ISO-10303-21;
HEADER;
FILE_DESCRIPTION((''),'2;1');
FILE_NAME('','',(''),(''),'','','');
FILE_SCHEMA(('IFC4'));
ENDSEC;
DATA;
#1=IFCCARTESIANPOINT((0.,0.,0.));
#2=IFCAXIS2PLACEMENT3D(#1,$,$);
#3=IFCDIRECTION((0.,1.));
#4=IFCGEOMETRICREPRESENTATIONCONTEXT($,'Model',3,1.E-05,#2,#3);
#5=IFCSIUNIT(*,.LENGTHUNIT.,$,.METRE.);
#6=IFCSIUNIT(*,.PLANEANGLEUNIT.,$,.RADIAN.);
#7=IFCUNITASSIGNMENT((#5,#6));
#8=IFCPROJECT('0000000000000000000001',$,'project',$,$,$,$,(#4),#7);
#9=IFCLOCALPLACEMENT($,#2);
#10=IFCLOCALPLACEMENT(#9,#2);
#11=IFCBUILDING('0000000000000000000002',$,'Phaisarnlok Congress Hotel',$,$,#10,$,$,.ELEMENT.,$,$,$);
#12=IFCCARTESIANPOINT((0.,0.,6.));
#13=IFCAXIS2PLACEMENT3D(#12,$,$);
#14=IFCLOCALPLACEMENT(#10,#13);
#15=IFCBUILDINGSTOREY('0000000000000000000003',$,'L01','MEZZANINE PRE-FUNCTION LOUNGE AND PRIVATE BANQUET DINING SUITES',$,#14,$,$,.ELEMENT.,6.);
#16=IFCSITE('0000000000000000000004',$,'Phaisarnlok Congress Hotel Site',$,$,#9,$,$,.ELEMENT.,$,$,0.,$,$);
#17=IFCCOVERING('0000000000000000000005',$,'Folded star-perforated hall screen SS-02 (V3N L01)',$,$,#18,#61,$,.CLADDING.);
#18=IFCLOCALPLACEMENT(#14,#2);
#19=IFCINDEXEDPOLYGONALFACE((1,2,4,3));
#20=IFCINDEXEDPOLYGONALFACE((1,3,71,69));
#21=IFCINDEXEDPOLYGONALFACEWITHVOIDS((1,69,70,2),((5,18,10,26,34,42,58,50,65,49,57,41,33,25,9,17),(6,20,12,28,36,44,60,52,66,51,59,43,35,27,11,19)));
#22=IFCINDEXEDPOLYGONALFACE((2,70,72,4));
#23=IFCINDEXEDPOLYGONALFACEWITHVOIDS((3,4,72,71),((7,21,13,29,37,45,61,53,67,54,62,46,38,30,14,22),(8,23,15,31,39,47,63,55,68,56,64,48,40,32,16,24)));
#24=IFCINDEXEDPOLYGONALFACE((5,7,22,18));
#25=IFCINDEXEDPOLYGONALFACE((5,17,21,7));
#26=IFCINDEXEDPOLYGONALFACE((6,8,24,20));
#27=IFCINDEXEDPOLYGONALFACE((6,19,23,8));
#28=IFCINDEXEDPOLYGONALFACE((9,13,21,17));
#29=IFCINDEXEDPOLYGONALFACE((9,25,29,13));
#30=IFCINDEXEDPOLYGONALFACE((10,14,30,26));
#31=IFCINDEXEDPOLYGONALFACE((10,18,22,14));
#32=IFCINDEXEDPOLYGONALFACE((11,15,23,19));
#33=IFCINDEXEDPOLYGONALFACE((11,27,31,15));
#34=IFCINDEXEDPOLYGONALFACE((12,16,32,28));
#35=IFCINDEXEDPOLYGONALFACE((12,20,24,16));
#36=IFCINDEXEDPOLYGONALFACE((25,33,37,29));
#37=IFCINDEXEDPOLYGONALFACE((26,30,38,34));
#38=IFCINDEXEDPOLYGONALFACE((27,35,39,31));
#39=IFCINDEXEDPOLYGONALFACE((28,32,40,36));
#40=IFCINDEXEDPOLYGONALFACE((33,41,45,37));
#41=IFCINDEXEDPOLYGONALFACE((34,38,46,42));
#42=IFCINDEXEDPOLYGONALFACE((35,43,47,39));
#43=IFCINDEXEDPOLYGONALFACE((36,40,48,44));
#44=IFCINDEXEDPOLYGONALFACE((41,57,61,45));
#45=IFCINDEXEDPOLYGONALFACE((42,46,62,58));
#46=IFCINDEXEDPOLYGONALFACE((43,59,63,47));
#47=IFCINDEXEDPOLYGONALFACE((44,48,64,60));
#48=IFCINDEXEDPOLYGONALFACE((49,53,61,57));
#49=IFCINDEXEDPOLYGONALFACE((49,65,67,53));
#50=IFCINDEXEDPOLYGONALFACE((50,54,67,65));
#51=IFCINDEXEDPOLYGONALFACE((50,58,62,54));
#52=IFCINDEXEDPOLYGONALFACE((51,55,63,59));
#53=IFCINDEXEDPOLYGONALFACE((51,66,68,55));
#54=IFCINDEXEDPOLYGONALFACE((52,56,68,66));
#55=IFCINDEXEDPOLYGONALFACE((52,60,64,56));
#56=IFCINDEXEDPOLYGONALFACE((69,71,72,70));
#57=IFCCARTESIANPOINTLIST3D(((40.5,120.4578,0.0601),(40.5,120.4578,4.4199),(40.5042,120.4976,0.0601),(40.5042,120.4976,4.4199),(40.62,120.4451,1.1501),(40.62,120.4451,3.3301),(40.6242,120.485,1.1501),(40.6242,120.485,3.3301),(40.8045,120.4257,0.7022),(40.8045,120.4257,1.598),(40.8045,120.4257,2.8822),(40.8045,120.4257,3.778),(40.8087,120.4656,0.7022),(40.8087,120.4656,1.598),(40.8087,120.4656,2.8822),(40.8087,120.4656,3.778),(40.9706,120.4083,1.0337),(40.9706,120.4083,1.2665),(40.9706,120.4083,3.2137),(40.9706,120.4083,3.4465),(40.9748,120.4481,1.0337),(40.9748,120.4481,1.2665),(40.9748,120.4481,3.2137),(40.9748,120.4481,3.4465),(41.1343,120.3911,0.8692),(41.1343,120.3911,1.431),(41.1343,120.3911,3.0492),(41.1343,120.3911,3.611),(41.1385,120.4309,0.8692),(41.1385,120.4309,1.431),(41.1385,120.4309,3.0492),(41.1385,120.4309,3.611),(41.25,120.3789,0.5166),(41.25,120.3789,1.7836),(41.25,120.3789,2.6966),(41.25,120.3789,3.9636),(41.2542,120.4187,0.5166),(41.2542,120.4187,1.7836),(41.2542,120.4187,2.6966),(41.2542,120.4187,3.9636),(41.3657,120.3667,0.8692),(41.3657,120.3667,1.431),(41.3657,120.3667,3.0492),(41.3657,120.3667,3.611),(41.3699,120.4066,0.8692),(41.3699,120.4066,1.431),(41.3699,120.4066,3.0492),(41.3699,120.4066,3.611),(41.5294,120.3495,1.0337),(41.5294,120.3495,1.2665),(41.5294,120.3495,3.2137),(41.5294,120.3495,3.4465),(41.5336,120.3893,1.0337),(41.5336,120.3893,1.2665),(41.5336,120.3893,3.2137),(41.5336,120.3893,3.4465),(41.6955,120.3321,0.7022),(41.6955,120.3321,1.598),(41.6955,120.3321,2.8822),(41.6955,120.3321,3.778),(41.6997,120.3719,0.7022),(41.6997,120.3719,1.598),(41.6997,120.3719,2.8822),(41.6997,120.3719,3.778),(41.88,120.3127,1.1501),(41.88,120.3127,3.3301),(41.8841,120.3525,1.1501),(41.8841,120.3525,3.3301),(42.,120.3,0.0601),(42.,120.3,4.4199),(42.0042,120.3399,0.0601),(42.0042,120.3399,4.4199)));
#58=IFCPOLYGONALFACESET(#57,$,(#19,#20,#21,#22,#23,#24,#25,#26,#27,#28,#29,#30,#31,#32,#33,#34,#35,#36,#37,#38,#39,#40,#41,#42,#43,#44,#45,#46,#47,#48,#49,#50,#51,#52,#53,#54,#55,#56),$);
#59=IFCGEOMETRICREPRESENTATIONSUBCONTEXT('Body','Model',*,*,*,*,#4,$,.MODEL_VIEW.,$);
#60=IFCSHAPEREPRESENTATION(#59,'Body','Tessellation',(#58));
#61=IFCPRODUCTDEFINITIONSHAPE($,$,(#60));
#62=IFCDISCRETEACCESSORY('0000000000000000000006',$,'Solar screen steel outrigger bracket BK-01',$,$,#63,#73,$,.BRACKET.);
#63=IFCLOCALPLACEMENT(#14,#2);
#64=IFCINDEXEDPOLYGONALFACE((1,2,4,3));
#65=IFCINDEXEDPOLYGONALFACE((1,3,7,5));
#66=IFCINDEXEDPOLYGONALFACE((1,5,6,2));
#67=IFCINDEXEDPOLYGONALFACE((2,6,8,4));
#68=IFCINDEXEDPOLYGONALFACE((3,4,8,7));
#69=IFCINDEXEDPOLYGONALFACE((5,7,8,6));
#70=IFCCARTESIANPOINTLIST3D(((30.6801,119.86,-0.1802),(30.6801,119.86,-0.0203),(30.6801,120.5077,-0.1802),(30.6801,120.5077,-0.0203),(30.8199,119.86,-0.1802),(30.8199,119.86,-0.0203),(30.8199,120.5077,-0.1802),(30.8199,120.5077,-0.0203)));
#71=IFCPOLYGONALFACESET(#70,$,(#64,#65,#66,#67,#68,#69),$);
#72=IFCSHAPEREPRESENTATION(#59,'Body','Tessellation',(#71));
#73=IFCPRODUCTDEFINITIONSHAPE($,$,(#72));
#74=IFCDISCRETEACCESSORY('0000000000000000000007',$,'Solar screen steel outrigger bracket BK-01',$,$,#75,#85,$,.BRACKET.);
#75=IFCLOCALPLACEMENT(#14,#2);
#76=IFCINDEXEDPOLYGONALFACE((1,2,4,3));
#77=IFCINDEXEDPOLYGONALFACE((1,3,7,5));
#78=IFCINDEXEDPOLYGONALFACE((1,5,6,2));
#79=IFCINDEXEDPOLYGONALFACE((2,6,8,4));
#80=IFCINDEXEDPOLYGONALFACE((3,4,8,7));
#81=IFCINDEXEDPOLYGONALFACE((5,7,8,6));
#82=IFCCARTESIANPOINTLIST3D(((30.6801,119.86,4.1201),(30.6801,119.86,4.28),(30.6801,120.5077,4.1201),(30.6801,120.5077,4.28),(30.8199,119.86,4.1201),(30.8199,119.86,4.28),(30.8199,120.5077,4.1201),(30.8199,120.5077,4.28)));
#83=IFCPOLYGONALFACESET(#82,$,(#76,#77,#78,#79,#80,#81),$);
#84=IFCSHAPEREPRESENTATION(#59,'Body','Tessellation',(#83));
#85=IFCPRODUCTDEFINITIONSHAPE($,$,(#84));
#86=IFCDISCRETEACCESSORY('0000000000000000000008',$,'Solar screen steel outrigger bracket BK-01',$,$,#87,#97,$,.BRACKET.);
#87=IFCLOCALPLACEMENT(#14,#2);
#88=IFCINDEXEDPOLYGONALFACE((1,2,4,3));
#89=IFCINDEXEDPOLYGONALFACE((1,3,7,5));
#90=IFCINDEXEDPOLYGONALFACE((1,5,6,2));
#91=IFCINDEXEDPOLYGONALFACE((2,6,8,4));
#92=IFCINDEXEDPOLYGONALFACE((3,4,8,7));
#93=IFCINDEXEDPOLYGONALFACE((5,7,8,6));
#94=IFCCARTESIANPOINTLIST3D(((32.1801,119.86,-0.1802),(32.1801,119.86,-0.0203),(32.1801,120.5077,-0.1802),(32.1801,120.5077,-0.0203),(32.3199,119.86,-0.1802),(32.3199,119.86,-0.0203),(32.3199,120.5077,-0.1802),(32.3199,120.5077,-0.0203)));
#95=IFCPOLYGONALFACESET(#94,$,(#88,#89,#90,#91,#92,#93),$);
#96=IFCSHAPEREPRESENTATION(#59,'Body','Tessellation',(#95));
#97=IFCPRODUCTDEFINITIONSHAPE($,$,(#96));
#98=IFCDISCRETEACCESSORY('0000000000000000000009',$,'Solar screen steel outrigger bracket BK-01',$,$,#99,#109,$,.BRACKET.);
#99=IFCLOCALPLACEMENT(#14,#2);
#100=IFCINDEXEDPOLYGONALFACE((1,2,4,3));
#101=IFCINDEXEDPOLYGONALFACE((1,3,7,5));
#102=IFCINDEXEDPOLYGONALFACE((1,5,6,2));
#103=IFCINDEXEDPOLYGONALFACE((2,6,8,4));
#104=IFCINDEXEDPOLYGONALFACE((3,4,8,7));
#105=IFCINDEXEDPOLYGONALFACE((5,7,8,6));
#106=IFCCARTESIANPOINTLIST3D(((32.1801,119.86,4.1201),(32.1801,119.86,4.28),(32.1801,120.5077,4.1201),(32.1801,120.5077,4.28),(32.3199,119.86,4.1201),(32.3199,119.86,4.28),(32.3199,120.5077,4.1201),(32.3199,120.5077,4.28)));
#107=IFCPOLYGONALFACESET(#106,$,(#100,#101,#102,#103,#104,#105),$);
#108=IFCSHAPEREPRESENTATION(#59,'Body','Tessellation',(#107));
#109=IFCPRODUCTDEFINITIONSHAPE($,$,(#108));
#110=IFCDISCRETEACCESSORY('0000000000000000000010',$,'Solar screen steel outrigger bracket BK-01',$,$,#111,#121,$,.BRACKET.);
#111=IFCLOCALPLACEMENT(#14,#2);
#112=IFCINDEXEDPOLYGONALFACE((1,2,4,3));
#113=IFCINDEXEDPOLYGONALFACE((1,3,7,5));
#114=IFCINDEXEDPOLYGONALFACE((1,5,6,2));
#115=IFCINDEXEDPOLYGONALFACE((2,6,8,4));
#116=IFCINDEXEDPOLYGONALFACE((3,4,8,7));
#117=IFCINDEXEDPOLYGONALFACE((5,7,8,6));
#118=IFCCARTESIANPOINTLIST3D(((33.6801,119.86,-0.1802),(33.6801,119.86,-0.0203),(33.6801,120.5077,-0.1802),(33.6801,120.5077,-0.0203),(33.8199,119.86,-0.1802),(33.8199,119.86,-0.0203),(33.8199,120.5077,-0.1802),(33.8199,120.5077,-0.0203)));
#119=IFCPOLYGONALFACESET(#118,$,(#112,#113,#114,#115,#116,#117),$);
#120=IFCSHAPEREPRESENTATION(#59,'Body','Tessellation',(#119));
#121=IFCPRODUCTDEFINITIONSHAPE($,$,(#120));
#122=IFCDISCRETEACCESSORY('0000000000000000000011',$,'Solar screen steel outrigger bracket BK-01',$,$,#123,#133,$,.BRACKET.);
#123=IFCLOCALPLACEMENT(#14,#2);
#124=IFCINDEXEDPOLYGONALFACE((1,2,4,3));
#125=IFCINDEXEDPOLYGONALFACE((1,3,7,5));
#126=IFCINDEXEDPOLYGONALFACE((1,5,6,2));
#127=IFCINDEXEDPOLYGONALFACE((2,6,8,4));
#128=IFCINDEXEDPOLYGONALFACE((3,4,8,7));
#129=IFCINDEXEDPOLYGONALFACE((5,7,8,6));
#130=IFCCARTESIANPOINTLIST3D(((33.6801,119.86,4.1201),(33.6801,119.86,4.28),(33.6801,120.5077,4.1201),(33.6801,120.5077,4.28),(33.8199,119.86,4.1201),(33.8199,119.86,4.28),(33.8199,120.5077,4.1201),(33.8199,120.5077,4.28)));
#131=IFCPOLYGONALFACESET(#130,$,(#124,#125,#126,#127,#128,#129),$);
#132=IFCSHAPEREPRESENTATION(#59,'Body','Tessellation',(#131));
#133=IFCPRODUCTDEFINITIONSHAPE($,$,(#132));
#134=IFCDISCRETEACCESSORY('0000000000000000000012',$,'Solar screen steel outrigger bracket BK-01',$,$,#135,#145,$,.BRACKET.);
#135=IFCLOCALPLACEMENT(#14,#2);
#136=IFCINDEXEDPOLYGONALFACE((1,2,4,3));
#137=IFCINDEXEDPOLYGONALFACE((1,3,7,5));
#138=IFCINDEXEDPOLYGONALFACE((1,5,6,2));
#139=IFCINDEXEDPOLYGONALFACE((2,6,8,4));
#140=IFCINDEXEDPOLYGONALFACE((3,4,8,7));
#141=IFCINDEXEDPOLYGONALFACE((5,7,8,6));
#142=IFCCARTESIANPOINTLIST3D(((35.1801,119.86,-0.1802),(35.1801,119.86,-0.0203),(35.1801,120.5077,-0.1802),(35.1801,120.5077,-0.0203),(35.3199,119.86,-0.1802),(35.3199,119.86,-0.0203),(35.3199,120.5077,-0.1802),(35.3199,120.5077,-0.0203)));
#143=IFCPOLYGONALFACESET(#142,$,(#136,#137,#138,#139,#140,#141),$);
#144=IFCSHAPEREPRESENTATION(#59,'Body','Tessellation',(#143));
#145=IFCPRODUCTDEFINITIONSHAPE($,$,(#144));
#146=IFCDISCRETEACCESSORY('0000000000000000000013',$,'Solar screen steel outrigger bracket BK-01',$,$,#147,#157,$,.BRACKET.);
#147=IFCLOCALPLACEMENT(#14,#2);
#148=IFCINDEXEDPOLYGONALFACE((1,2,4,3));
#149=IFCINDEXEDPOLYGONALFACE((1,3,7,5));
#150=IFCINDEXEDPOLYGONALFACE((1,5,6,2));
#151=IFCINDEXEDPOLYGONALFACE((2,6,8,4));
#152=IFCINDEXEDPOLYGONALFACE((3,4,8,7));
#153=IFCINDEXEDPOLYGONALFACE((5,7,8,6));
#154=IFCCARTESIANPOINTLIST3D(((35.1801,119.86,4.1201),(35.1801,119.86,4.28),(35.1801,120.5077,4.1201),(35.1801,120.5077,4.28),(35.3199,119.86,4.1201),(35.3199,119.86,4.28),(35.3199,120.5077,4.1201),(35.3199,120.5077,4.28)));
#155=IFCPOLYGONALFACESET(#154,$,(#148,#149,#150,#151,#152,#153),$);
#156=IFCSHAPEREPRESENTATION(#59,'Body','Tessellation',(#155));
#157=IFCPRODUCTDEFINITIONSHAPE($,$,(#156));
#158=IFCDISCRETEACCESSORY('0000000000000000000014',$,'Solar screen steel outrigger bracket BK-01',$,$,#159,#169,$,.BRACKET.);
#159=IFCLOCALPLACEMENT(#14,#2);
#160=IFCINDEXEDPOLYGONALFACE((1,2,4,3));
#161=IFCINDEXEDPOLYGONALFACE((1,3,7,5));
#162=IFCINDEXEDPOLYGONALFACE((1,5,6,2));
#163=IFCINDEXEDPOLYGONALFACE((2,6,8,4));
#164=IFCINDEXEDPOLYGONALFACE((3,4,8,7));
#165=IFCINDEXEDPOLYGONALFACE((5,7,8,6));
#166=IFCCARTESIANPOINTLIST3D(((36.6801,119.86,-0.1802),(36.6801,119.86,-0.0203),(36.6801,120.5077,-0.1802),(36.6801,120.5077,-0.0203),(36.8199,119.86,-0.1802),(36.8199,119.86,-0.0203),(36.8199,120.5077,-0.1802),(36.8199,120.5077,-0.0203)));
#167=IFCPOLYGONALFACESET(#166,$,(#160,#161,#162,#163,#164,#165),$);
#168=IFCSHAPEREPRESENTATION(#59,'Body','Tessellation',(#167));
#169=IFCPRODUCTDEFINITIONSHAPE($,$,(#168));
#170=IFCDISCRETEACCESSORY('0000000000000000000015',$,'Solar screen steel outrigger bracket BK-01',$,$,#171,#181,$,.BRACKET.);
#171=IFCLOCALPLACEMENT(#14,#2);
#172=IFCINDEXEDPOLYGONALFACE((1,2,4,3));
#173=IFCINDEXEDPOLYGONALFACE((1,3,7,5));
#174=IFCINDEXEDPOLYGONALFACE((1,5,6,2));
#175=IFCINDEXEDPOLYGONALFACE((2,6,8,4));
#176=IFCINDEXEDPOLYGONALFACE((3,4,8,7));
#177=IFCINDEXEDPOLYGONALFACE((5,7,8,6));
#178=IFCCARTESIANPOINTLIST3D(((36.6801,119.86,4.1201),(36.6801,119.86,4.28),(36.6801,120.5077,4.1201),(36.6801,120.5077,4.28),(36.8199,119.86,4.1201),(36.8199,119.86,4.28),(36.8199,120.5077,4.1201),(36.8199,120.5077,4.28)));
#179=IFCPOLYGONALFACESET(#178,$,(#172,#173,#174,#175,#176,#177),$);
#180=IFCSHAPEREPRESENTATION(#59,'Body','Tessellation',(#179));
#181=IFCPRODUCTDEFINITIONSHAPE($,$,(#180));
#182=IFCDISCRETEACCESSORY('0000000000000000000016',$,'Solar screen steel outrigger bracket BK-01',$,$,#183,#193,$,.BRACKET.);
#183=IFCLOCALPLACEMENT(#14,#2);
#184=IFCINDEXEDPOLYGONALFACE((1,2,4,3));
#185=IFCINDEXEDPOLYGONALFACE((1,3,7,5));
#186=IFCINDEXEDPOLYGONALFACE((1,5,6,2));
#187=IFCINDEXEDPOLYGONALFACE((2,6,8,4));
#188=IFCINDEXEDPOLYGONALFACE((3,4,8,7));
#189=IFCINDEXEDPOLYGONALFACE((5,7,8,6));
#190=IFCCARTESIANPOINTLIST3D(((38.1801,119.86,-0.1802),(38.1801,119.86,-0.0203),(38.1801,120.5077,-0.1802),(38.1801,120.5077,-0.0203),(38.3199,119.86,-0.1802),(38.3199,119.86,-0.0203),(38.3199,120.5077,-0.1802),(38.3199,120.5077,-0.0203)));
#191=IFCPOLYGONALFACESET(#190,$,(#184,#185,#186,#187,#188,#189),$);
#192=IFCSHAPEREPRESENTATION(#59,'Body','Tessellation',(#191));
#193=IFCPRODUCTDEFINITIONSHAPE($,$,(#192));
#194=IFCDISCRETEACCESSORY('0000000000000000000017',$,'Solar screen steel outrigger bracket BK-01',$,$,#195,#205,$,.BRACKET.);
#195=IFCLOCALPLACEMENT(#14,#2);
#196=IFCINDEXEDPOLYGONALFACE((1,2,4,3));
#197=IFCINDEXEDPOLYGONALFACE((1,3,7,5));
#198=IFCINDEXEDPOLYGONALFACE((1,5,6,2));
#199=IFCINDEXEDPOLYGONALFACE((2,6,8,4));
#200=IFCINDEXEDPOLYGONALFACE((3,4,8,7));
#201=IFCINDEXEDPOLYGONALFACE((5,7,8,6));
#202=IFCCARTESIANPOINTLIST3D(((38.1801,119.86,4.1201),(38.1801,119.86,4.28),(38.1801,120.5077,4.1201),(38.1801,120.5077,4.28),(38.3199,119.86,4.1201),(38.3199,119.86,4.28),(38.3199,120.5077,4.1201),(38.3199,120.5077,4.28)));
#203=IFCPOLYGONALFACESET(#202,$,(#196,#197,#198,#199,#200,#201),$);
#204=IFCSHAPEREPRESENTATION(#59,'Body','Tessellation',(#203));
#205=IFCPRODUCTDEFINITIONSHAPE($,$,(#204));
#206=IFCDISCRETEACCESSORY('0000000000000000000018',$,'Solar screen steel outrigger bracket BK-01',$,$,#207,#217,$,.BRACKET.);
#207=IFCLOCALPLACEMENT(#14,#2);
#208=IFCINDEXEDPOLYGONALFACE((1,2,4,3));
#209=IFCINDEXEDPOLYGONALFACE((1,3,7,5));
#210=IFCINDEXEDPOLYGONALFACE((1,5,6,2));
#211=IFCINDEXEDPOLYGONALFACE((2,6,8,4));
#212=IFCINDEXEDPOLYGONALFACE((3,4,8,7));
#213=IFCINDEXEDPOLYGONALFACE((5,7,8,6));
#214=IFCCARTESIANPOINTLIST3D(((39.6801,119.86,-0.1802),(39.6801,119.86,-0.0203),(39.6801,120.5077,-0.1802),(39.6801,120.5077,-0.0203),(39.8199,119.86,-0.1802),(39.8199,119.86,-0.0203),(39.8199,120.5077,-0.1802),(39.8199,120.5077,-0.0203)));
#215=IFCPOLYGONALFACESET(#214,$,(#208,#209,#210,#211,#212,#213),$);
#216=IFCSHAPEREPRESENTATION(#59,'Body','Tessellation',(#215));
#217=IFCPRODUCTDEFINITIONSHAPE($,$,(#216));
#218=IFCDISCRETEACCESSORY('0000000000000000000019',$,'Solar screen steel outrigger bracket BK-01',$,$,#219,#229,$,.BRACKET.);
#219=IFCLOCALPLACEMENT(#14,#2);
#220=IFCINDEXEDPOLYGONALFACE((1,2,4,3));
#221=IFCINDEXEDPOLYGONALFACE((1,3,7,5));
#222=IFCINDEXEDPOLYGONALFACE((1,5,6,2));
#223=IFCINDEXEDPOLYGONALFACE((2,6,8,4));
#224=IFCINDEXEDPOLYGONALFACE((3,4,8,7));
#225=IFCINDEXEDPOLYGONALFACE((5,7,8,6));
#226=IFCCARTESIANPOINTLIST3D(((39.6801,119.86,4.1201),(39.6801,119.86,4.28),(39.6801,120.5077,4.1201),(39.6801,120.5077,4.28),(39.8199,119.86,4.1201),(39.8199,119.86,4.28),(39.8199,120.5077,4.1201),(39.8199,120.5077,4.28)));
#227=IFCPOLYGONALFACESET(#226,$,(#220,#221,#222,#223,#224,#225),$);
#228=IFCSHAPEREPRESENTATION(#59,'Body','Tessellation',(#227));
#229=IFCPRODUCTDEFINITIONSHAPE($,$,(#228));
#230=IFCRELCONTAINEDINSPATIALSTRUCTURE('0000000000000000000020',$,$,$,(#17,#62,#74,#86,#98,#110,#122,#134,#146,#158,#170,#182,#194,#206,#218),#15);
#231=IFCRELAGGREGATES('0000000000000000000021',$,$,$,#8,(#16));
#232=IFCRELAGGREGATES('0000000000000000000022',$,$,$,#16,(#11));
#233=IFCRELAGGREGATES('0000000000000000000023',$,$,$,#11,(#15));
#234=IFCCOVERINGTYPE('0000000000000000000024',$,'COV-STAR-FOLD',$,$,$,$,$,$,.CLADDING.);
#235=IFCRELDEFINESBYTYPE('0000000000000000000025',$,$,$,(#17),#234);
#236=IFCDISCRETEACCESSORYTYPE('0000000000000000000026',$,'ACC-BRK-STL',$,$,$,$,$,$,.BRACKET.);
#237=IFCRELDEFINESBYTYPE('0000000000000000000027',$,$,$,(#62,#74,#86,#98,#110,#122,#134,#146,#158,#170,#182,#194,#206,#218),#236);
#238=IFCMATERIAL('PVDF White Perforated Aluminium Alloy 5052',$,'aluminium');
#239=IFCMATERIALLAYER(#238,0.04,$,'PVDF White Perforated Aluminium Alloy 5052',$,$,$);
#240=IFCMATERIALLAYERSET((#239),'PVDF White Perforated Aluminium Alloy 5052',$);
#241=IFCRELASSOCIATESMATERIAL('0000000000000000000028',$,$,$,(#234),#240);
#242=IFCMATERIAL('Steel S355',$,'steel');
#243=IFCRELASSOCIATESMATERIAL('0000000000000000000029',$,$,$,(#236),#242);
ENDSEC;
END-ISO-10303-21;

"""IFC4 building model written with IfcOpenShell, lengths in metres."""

from ifc_helpers import new_model, si_unit, direction, frame, origin, origin_2d, place, context, subcontext, project, spatial, polyline, rectangle, outline, extrude, material, layer, layer_set, type_object, element, save


model = new_model("IFC4")

# Units and contexts
model_context = context("Model", 3, precision=1e-05, world=origin(), true_north=direction((0.0, 1.0)))
body_context = subcontext(model_context, "Body", "Model", "MODEL_VIEW")
ifc_project = project(units=[si_unit("LENGTHUNIT", "METRE"), si_unit("PLANEANGLEUNIT", "RADIAN")], contexts=[model_context])

# Site, building, storey
site_placement = place(None, origin())
site = spatial("IfcSite", under=ifc_project, at=site_placement, Name="Phaisarnlok Congress Hotel Site", CompositionType="ELEMENT", RefElevation=0.0)
building_placement = place(site_placement, origin())
building = spatial("IfcBuilding", under=site, at=building_placement, Name="Phaisarnlok Congress Hotel", CompositionType="ELEMENT")
storey_placement = place(building_placement, frame((0.0, 0.0, 6.0)))
storey = spatial("IfcBuildingStorey", under=building, at=storey_placement, Name="L01", Description="MEZZANINE PRE-FUNCTION LOUNGE AND PRIVATE BANQUET DINING SUITES", CompositionType="ELEMENT", Elevation=6.0)

# Covering
ifc_material_1 = material(Name="PVDF White Perforated Aluminium Alloy 5052", Category="aluminium")
ifc_layer = layer(ifc_material_1, 0.04, Name="PVDF White Perforated Aluminium Alloy 5052")
ifc_layer_set = layer_set([ifc_layer], Name="PVDF White Perforated Aluminium Alloy 5052")
covering_type = type_object("IfcCoveringType", Name="COV-STAR-FOLD", PredefinedType="CLADDING", material=ifc_layer_set)
for number, where, z_axis, x_axis, name in (
    (1, (42.0, 120.3, 0.0601), (0.104567, 0.994518, 0.0), (-0.994518, 0.104567, 0.0), "Folded star-perforated hall screen SS-02 (V3N L01)"),
):
    element("IfcCovering", number, at=place(storey_placement, frame(where, z_axis=z_axis, x_axis=x_axis)), inside=storey, type_object=covering_type, Name=name, PredefinedType="CLADDING", context=body_context, shape_type="SweptSolid", body=[
        extrude(outline(polyline([(0.0, 0.0), (1.5083, 0.0), (1.5083, 4.3599), (0.0, 4.3599), (0.0, 0.0)]), holes=[polyline([(1.0351, 0.9736), (1.2021, 0.6421), (0.8705, 0.8091), (0.7541, 0.4565), (0.6378, 0.8091), (0.3062, 0.6421), (0.4732, 0.9736), (0.1207, 1.09), (0.4732, 1.2064), (0.3062, 1.5379), (0.6378, 1.3709), (0.7541, 1.7235), (0.8705, 1.3709), (1.2021, 1.5379), (1.0351, 1.2064), (1.3876, 1.09), (1.0351, 0.9736)]), polyline([(1.0351, 3.1536), (1.2021, 2.8221), (0.8705, 2.9891), (0.7541, 2.6365), (0.6378, 2.9891), (0.3062, 2.8221), (0.4732, 3.1536), (0.1207, 3.27), (0.4732, 3.3864), (0.3062, 3.7179), (0.6378, 3.5509), (0.7541, 3.9035), (0.8705, 3.5509), (1.2021, 3.7179), (1.0351, 3.3864), (1.3876, 3.27), (1.0351, 3.1536)])]), origin(), (0.0, 0.0, 1.0), 0.04),
    ])

# Discrete accessories
ifc_material_2 = material(Name="Steel S355", Category="steel")
discrete_accessory_type = type_object("IfcDiscreteAccessoryType", Name="ACC-BRK-STL", PredefinedType="BRACKET", material=ifc_material_2)
for number, where, z_axis, x_axis, name in (
    (2, (30.75, 120.1838, -0.1802), (0.0, 0.0, 1.0), (1.0, 0.0, 0.0), "Solar screen steel outrigger bracket BK-01"),
    (3, (30.75, 120.1838, 4.1201), (0.0, 0.0, 1.0), (1.0, 0.0, 0.0), "Solar screen steel outrigger bracket BK-01"),
    (4, (32.25, 120.1838, -0.1802), (0.0, 0.0, 1.0), (1.0, 0.0, 0.0), "Solar screen steel outrigger bracket BK-01"),
    (5, (32.25, 120.1838, 4.1201), (0.0, 0.0, 1.0), (1.0, 0.0, 0.0), "Solar screen steel outrigger bracket BK-01"),
    (6, (33.75, 120.1838, -0.1802), (0.0, 0.0, 1.0), (1.0, 0.0, 0.0), "Solar screen steel outrigger bracket BK-01"),
    (7, (33.75, 120.1838, 4.1201), (0.0, 0.0, 1.0), (1.0, 0.0, 0.0), "Solar screen steel outrigger bracket BK-01"),
    (8, (35.25, 120.1838, -0.1802), (0.0, 0.0, 1.0), (1.0, 0.0, 0.0), "Solar screen steel outrigger bracket BK-01"),
    (9, (35.25, 120.1838, 4.1201), (0.0, 0.0, 1.0), (1.0, 0.0, 0.0), "Solar screen steel outrigger bracket BK-01"),
    (10, (36.75, 120.1838, -0.1802), (0.0, 0.0, 1.0), (1.0, 0.0, 0.0), "Solar screen steel outrigger bracket BK-01"),
    (11, (36.75, 120.1838, 4.1201), (0.0, 0.0, 1.0), (1.0, 0.0, 0.0), "Solar screen steel outrigger bracket BK-01"),
    (12, (38.25, 120.1838, -0.1802), (0.0, 0.0, 1.0), (1.0, 0.0, 0.0), "Solar screen steel outrigger bracket BK-01"),
    (13, (38.25, 120.1838, 4.1201), (0.0, 0.0, 1.0), (1.0, 0.0, 0.0), "Solar screen steel outrigger bracket BK-01"),
    (14, (39.75, 120.1838, -0.1802), (0.0, 0.0, 1.0), (1.0, 0.0, 0.0), "Solar screen steel outrigger bracket BK-01"),
    (15, (39.75, 120.1838, 4.1201), (0.0, 0.0, 1.0), (1.0, 0.0, 0.0), "Solar screen steel outrigger bracket BK-01"),
):
    element("IfcDiscreteAccessory", number, at=place(storey_placement, frame(where, z_axis=z_axis, x_axis=x_axis)), inside=storey, type_object=discrete_accessory_type, Name=name, PredefinedType="BRACKET", context=body_context, shape_type="SweptSolid", body=[
        extrude(rectangle(XDim=0.1399, YDim=0.6477, at=origin_2d()), origin(), (0.0, 0.0, 1.0), 0.1599),
    ])

save(model, "model.ifc")
